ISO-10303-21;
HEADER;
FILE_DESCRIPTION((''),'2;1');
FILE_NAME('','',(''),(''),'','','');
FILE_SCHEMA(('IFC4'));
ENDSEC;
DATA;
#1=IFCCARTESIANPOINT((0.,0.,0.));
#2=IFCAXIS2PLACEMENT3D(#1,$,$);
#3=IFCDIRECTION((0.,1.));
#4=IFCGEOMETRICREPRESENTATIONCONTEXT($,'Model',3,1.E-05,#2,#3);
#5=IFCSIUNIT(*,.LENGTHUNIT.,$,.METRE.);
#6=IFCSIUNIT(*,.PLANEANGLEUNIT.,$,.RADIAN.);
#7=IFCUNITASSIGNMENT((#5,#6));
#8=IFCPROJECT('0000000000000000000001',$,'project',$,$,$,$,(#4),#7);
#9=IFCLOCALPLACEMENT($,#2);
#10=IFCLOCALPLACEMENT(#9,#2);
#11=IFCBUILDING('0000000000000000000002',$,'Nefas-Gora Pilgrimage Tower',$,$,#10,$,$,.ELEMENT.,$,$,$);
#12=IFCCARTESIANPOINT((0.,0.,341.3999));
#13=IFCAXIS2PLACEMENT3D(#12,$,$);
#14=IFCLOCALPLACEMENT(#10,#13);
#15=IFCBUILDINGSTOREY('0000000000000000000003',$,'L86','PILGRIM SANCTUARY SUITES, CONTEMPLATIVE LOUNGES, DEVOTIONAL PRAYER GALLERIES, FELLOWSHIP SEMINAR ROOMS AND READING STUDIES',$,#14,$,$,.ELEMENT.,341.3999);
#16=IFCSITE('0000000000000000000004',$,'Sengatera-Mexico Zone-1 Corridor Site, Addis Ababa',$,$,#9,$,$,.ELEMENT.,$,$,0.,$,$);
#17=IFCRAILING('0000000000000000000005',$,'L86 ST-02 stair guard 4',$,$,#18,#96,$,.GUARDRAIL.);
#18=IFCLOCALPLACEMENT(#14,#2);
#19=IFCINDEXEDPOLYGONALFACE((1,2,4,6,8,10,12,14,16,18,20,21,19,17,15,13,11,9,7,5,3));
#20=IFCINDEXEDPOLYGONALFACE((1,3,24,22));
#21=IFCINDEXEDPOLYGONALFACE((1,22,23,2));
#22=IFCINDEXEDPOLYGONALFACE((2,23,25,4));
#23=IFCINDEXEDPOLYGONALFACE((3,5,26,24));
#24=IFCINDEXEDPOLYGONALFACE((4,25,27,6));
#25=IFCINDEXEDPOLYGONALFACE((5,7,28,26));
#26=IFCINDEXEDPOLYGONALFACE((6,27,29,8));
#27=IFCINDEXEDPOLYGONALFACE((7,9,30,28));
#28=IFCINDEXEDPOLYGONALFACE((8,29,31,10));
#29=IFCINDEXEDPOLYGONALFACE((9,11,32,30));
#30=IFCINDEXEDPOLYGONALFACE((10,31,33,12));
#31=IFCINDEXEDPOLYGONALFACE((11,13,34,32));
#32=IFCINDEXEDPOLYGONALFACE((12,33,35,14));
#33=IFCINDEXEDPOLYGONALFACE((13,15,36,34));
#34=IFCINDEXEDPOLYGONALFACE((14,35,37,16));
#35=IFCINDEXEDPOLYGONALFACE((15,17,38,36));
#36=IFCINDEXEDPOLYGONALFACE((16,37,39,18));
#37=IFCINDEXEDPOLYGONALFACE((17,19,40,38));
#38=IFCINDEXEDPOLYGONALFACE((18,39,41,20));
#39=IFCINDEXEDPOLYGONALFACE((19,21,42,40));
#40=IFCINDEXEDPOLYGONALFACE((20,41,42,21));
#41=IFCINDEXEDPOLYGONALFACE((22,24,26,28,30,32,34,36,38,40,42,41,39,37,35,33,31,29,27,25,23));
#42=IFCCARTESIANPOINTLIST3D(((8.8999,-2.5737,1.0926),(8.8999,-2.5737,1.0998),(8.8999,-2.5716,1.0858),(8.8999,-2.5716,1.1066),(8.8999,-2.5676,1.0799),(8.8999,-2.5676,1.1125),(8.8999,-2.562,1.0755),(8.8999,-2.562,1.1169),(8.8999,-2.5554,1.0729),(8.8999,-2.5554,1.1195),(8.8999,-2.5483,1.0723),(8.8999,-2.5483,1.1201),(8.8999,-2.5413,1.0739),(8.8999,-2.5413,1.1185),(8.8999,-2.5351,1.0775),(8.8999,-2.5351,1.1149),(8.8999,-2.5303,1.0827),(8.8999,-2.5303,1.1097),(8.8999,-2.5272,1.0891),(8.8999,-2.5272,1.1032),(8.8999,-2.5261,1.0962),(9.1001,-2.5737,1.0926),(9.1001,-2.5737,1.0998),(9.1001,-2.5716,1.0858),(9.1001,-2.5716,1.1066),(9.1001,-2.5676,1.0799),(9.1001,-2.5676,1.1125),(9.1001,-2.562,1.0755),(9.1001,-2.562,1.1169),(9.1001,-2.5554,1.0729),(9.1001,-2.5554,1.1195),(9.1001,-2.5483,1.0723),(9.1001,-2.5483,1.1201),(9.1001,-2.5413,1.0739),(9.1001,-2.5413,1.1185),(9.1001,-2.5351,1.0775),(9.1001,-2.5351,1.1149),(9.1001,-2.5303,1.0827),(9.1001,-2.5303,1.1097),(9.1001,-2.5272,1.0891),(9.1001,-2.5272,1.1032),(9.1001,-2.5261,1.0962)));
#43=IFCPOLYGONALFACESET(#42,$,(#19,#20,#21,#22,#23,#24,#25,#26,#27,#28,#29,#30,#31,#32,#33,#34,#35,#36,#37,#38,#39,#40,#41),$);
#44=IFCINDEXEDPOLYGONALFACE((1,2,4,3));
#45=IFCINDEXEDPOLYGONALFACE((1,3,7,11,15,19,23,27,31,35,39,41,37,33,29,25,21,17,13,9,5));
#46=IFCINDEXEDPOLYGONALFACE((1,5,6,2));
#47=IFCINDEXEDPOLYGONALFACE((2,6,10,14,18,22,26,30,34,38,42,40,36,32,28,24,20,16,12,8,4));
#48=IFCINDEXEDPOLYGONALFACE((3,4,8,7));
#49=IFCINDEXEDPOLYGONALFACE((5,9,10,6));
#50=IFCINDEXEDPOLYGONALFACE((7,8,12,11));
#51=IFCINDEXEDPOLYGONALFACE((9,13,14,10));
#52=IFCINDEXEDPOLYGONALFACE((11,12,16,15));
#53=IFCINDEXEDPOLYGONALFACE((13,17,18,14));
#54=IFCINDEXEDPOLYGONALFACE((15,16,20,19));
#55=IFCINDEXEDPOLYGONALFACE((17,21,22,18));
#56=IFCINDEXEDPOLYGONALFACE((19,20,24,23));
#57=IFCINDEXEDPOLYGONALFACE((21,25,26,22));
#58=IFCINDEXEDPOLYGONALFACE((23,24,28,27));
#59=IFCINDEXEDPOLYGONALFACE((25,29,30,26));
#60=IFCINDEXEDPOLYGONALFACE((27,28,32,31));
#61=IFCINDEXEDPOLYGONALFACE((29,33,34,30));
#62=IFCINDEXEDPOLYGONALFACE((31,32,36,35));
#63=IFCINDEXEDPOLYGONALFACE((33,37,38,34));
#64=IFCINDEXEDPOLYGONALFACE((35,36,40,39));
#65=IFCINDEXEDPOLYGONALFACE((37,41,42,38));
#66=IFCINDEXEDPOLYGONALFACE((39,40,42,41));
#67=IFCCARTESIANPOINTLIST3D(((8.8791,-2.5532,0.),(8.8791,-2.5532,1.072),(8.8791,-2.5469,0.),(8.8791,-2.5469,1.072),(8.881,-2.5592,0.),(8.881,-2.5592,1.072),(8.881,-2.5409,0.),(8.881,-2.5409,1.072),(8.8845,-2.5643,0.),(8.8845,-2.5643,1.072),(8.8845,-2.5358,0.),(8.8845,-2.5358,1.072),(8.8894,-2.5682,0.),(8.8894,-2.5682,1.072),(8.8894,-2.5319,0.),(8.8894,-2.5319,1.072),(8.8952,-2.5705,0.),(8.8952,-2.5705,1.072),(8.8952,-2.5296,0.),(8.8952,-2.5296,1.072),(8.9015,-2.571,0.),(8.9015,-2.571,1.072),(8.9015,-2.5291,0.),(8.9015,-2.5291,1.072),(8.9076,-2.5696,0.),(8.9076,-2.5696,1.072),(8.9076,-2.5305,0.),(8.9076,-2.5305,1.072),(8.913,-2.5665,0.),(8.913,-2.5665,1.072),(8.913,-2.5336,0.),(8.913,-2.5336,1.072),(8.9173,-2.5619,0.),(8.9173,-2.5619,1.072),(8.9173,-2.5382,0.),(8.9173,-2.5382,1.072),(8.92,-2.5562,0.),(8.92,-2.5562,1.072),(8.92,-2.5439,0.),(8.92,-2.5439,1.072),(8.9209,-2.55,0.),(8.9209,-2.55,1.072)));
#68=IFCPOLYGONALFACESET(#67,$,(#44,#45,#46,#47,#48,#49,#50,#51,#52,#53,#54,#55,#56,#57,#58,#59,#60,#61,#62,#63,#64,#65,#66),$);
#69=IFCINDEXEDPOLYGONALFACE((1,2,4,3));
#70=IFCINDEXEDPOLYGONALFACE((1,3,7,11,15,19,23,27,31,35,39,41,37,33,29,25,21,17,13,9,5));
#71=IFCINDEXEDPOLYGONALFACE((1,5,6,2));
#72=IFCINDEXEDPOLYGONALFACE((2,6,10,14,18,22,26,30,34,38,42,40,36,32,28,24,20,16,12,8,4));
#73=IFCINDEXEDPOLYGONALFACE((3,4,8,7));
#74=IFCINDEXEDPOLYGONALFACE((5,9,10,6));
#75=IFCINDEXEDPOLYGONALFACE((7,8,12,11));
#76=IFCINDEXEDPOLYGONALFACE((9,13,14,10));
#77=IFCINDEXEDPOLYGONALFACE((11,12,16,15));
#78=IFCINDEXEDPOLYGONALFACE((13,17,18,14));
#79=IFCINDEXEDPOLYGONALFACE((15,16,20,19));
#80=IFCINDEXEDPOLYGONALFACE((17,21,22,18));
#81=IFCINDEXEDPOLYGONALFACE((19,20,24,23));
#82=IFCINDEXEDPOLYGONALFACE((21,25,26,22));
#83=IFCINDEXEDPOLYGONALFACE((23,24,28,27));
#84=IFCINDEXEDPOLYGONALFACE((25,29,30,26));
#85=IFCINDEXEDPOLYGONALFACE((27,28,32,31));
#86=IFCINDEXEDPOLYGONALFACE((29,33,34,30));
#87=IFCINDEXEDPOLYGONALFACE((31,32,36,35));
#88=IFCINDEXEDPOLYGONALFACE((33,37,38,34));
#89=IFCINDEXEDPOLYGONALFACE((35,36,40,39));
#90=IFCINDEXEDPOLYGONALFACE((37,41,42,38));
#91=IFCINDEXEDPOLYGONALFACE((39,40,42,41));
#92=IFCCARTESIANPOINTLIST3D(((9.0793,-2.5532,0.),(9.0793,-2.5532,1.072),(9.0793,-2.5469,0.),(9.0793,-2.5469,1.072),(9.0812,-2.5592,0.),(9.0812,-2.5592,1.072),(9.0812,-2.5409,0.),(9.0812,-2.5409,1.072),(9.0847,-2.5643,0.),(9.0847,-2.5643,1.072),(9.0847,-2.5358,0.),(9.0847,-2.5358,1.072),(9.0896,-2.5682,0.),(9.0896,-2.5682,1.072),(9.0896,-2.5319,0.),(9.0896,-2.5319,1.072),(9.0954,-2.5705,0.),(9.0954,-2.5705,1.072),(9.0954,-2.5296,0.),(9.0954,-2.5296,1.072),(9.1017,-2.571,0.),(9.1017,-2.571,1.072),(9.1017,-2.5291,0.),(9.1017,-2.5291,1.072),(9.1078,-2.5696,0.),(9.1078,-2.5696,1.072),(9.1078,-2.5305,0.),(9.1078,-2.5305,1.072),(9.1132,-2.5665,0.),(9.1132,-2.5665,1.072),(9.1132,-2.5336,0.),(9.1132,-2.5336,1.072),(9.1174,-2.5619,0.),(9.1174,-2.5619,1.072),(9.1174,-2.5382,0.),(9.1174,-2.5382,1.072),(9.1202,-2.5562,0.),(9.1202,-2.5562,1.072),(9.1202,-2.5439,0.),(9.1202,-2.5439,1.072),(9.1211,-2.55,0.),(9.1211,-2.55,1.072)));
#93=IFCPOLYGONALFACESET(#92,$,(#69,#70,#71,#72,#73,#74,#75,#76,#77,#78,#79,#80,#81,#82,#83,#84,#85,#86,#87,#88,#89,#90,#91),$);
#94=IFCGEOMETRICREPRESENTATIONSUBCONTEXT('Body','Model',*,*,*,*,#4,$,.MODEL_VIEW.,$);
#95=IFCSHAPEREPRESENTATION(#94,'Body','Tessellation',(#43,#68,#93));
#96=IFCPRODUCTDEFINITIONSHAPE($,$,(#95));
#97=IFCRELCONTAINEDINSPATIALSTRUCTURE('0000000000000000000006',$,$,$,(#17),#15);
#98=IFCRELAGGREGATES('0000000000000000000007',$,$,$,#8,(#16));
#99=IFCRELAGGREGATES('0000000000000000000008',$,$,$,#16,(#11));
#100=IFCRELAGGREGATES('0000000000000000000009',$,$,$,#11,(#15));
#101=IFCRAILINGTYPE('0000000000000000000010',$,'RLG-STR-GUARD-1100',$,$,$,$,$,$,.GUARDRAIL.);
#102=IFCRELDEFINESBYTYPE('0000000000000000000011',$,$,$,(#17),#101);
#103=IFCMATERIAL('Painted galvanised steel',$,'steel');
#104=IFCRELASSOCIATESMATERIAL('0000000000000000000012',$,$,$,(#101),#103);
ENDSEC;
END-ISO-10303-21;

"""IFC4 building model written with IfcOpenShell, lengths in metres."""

from ifc_helpers import new_model, si_unit, direction, frame, origin, origin_2d, place, context, subcontext, project, spatial, circle, extrude, material, type_object, element, save


model = new_model("IFC4")

# Units and contexts
model_context = context("Model", 3, precision=1e-05, world=origin(), true_north=direction((0.0, 1.0)))
body_context = subcontext(model_context, "Body", "Model", "MODEL_VIEW")
ifc_project = project(units=[si_unit("LENGTHUNIT", "METRE"), si_unit("PLANEANGLEUNIT", "RADIAN")], contexts=[model_context])

# Site, building, storey
site_placement = place(None, origin())
site = spatial("IfcSite", under=ifc_project, at=site_placement, Name="Sengatera-Mexico Zone-1 Corridor Site, Addis Ababa", CompositionType="ELEMENT", RefElevation=0.0)
building_placement = place(site_placement, origin())
building = spatial("IfcBuilding", under=site, at=building_placement, Name="Nefas-Gora Pilgrimage Tower", CompositionType="ELEMENT")
storey_placement = place(building_placement, frame((0.0, 0.0, 341.3999)))
storey = spatial("IfcBuildingStorey", under=building, at=storey_placement, Name="L86", Description="PILGRIM SANCTUARY SUITES, CONTEMPLATIVE LOUNGES, DEVOTIONAL PRAYER GALLERIES, FELLOWSHIP SEMINAR ROOMS AND READING STUDIES", CompositionType="ELEMENT", Elevation=341.3999)

# Railing
ifc_material_1 = material(Name="Painted galvanised steel", Category="steel")
railing_type_1 = type_object("IfcRailingType", Name="RLG-STR-GUARD-1100", PredefinedType="GUARDRAIL", material=ifc_material_1)
railing_1_placement = place(storey_placement, frame((8.8999, -2.55, 0.0)))
element("IfcRailing", 1, at=railing_1_placement, inside=storey, type_object=railing_type_1, Name="L86 ST-02 stair guard 4", PredefinedType="GUARDRAIL", context=body_context, shape_type="SweptSolid", body=[
    extrude(circle(Radius=0.0239, at=origin_2d()), frame((0.0, 0.0, 1.0962), z_axis=(1.0, 0.0, 0.0), x_axis=(0.0, 1.0, 0.0)), (0.0, 0.0, 1.0), 0.2002),
    extrude(circle(Radius=0.021, at=origin_2d()), origin(), (0.0, 0.0, 1.0), 1.072),
    extrude(circle(Radius=0.021, at=origin_2d()), frame((0.2002, 0.0, 0.0)), (0.0, 0.0, 1.0), 1.072),
])

save(model, "model.ifc")
